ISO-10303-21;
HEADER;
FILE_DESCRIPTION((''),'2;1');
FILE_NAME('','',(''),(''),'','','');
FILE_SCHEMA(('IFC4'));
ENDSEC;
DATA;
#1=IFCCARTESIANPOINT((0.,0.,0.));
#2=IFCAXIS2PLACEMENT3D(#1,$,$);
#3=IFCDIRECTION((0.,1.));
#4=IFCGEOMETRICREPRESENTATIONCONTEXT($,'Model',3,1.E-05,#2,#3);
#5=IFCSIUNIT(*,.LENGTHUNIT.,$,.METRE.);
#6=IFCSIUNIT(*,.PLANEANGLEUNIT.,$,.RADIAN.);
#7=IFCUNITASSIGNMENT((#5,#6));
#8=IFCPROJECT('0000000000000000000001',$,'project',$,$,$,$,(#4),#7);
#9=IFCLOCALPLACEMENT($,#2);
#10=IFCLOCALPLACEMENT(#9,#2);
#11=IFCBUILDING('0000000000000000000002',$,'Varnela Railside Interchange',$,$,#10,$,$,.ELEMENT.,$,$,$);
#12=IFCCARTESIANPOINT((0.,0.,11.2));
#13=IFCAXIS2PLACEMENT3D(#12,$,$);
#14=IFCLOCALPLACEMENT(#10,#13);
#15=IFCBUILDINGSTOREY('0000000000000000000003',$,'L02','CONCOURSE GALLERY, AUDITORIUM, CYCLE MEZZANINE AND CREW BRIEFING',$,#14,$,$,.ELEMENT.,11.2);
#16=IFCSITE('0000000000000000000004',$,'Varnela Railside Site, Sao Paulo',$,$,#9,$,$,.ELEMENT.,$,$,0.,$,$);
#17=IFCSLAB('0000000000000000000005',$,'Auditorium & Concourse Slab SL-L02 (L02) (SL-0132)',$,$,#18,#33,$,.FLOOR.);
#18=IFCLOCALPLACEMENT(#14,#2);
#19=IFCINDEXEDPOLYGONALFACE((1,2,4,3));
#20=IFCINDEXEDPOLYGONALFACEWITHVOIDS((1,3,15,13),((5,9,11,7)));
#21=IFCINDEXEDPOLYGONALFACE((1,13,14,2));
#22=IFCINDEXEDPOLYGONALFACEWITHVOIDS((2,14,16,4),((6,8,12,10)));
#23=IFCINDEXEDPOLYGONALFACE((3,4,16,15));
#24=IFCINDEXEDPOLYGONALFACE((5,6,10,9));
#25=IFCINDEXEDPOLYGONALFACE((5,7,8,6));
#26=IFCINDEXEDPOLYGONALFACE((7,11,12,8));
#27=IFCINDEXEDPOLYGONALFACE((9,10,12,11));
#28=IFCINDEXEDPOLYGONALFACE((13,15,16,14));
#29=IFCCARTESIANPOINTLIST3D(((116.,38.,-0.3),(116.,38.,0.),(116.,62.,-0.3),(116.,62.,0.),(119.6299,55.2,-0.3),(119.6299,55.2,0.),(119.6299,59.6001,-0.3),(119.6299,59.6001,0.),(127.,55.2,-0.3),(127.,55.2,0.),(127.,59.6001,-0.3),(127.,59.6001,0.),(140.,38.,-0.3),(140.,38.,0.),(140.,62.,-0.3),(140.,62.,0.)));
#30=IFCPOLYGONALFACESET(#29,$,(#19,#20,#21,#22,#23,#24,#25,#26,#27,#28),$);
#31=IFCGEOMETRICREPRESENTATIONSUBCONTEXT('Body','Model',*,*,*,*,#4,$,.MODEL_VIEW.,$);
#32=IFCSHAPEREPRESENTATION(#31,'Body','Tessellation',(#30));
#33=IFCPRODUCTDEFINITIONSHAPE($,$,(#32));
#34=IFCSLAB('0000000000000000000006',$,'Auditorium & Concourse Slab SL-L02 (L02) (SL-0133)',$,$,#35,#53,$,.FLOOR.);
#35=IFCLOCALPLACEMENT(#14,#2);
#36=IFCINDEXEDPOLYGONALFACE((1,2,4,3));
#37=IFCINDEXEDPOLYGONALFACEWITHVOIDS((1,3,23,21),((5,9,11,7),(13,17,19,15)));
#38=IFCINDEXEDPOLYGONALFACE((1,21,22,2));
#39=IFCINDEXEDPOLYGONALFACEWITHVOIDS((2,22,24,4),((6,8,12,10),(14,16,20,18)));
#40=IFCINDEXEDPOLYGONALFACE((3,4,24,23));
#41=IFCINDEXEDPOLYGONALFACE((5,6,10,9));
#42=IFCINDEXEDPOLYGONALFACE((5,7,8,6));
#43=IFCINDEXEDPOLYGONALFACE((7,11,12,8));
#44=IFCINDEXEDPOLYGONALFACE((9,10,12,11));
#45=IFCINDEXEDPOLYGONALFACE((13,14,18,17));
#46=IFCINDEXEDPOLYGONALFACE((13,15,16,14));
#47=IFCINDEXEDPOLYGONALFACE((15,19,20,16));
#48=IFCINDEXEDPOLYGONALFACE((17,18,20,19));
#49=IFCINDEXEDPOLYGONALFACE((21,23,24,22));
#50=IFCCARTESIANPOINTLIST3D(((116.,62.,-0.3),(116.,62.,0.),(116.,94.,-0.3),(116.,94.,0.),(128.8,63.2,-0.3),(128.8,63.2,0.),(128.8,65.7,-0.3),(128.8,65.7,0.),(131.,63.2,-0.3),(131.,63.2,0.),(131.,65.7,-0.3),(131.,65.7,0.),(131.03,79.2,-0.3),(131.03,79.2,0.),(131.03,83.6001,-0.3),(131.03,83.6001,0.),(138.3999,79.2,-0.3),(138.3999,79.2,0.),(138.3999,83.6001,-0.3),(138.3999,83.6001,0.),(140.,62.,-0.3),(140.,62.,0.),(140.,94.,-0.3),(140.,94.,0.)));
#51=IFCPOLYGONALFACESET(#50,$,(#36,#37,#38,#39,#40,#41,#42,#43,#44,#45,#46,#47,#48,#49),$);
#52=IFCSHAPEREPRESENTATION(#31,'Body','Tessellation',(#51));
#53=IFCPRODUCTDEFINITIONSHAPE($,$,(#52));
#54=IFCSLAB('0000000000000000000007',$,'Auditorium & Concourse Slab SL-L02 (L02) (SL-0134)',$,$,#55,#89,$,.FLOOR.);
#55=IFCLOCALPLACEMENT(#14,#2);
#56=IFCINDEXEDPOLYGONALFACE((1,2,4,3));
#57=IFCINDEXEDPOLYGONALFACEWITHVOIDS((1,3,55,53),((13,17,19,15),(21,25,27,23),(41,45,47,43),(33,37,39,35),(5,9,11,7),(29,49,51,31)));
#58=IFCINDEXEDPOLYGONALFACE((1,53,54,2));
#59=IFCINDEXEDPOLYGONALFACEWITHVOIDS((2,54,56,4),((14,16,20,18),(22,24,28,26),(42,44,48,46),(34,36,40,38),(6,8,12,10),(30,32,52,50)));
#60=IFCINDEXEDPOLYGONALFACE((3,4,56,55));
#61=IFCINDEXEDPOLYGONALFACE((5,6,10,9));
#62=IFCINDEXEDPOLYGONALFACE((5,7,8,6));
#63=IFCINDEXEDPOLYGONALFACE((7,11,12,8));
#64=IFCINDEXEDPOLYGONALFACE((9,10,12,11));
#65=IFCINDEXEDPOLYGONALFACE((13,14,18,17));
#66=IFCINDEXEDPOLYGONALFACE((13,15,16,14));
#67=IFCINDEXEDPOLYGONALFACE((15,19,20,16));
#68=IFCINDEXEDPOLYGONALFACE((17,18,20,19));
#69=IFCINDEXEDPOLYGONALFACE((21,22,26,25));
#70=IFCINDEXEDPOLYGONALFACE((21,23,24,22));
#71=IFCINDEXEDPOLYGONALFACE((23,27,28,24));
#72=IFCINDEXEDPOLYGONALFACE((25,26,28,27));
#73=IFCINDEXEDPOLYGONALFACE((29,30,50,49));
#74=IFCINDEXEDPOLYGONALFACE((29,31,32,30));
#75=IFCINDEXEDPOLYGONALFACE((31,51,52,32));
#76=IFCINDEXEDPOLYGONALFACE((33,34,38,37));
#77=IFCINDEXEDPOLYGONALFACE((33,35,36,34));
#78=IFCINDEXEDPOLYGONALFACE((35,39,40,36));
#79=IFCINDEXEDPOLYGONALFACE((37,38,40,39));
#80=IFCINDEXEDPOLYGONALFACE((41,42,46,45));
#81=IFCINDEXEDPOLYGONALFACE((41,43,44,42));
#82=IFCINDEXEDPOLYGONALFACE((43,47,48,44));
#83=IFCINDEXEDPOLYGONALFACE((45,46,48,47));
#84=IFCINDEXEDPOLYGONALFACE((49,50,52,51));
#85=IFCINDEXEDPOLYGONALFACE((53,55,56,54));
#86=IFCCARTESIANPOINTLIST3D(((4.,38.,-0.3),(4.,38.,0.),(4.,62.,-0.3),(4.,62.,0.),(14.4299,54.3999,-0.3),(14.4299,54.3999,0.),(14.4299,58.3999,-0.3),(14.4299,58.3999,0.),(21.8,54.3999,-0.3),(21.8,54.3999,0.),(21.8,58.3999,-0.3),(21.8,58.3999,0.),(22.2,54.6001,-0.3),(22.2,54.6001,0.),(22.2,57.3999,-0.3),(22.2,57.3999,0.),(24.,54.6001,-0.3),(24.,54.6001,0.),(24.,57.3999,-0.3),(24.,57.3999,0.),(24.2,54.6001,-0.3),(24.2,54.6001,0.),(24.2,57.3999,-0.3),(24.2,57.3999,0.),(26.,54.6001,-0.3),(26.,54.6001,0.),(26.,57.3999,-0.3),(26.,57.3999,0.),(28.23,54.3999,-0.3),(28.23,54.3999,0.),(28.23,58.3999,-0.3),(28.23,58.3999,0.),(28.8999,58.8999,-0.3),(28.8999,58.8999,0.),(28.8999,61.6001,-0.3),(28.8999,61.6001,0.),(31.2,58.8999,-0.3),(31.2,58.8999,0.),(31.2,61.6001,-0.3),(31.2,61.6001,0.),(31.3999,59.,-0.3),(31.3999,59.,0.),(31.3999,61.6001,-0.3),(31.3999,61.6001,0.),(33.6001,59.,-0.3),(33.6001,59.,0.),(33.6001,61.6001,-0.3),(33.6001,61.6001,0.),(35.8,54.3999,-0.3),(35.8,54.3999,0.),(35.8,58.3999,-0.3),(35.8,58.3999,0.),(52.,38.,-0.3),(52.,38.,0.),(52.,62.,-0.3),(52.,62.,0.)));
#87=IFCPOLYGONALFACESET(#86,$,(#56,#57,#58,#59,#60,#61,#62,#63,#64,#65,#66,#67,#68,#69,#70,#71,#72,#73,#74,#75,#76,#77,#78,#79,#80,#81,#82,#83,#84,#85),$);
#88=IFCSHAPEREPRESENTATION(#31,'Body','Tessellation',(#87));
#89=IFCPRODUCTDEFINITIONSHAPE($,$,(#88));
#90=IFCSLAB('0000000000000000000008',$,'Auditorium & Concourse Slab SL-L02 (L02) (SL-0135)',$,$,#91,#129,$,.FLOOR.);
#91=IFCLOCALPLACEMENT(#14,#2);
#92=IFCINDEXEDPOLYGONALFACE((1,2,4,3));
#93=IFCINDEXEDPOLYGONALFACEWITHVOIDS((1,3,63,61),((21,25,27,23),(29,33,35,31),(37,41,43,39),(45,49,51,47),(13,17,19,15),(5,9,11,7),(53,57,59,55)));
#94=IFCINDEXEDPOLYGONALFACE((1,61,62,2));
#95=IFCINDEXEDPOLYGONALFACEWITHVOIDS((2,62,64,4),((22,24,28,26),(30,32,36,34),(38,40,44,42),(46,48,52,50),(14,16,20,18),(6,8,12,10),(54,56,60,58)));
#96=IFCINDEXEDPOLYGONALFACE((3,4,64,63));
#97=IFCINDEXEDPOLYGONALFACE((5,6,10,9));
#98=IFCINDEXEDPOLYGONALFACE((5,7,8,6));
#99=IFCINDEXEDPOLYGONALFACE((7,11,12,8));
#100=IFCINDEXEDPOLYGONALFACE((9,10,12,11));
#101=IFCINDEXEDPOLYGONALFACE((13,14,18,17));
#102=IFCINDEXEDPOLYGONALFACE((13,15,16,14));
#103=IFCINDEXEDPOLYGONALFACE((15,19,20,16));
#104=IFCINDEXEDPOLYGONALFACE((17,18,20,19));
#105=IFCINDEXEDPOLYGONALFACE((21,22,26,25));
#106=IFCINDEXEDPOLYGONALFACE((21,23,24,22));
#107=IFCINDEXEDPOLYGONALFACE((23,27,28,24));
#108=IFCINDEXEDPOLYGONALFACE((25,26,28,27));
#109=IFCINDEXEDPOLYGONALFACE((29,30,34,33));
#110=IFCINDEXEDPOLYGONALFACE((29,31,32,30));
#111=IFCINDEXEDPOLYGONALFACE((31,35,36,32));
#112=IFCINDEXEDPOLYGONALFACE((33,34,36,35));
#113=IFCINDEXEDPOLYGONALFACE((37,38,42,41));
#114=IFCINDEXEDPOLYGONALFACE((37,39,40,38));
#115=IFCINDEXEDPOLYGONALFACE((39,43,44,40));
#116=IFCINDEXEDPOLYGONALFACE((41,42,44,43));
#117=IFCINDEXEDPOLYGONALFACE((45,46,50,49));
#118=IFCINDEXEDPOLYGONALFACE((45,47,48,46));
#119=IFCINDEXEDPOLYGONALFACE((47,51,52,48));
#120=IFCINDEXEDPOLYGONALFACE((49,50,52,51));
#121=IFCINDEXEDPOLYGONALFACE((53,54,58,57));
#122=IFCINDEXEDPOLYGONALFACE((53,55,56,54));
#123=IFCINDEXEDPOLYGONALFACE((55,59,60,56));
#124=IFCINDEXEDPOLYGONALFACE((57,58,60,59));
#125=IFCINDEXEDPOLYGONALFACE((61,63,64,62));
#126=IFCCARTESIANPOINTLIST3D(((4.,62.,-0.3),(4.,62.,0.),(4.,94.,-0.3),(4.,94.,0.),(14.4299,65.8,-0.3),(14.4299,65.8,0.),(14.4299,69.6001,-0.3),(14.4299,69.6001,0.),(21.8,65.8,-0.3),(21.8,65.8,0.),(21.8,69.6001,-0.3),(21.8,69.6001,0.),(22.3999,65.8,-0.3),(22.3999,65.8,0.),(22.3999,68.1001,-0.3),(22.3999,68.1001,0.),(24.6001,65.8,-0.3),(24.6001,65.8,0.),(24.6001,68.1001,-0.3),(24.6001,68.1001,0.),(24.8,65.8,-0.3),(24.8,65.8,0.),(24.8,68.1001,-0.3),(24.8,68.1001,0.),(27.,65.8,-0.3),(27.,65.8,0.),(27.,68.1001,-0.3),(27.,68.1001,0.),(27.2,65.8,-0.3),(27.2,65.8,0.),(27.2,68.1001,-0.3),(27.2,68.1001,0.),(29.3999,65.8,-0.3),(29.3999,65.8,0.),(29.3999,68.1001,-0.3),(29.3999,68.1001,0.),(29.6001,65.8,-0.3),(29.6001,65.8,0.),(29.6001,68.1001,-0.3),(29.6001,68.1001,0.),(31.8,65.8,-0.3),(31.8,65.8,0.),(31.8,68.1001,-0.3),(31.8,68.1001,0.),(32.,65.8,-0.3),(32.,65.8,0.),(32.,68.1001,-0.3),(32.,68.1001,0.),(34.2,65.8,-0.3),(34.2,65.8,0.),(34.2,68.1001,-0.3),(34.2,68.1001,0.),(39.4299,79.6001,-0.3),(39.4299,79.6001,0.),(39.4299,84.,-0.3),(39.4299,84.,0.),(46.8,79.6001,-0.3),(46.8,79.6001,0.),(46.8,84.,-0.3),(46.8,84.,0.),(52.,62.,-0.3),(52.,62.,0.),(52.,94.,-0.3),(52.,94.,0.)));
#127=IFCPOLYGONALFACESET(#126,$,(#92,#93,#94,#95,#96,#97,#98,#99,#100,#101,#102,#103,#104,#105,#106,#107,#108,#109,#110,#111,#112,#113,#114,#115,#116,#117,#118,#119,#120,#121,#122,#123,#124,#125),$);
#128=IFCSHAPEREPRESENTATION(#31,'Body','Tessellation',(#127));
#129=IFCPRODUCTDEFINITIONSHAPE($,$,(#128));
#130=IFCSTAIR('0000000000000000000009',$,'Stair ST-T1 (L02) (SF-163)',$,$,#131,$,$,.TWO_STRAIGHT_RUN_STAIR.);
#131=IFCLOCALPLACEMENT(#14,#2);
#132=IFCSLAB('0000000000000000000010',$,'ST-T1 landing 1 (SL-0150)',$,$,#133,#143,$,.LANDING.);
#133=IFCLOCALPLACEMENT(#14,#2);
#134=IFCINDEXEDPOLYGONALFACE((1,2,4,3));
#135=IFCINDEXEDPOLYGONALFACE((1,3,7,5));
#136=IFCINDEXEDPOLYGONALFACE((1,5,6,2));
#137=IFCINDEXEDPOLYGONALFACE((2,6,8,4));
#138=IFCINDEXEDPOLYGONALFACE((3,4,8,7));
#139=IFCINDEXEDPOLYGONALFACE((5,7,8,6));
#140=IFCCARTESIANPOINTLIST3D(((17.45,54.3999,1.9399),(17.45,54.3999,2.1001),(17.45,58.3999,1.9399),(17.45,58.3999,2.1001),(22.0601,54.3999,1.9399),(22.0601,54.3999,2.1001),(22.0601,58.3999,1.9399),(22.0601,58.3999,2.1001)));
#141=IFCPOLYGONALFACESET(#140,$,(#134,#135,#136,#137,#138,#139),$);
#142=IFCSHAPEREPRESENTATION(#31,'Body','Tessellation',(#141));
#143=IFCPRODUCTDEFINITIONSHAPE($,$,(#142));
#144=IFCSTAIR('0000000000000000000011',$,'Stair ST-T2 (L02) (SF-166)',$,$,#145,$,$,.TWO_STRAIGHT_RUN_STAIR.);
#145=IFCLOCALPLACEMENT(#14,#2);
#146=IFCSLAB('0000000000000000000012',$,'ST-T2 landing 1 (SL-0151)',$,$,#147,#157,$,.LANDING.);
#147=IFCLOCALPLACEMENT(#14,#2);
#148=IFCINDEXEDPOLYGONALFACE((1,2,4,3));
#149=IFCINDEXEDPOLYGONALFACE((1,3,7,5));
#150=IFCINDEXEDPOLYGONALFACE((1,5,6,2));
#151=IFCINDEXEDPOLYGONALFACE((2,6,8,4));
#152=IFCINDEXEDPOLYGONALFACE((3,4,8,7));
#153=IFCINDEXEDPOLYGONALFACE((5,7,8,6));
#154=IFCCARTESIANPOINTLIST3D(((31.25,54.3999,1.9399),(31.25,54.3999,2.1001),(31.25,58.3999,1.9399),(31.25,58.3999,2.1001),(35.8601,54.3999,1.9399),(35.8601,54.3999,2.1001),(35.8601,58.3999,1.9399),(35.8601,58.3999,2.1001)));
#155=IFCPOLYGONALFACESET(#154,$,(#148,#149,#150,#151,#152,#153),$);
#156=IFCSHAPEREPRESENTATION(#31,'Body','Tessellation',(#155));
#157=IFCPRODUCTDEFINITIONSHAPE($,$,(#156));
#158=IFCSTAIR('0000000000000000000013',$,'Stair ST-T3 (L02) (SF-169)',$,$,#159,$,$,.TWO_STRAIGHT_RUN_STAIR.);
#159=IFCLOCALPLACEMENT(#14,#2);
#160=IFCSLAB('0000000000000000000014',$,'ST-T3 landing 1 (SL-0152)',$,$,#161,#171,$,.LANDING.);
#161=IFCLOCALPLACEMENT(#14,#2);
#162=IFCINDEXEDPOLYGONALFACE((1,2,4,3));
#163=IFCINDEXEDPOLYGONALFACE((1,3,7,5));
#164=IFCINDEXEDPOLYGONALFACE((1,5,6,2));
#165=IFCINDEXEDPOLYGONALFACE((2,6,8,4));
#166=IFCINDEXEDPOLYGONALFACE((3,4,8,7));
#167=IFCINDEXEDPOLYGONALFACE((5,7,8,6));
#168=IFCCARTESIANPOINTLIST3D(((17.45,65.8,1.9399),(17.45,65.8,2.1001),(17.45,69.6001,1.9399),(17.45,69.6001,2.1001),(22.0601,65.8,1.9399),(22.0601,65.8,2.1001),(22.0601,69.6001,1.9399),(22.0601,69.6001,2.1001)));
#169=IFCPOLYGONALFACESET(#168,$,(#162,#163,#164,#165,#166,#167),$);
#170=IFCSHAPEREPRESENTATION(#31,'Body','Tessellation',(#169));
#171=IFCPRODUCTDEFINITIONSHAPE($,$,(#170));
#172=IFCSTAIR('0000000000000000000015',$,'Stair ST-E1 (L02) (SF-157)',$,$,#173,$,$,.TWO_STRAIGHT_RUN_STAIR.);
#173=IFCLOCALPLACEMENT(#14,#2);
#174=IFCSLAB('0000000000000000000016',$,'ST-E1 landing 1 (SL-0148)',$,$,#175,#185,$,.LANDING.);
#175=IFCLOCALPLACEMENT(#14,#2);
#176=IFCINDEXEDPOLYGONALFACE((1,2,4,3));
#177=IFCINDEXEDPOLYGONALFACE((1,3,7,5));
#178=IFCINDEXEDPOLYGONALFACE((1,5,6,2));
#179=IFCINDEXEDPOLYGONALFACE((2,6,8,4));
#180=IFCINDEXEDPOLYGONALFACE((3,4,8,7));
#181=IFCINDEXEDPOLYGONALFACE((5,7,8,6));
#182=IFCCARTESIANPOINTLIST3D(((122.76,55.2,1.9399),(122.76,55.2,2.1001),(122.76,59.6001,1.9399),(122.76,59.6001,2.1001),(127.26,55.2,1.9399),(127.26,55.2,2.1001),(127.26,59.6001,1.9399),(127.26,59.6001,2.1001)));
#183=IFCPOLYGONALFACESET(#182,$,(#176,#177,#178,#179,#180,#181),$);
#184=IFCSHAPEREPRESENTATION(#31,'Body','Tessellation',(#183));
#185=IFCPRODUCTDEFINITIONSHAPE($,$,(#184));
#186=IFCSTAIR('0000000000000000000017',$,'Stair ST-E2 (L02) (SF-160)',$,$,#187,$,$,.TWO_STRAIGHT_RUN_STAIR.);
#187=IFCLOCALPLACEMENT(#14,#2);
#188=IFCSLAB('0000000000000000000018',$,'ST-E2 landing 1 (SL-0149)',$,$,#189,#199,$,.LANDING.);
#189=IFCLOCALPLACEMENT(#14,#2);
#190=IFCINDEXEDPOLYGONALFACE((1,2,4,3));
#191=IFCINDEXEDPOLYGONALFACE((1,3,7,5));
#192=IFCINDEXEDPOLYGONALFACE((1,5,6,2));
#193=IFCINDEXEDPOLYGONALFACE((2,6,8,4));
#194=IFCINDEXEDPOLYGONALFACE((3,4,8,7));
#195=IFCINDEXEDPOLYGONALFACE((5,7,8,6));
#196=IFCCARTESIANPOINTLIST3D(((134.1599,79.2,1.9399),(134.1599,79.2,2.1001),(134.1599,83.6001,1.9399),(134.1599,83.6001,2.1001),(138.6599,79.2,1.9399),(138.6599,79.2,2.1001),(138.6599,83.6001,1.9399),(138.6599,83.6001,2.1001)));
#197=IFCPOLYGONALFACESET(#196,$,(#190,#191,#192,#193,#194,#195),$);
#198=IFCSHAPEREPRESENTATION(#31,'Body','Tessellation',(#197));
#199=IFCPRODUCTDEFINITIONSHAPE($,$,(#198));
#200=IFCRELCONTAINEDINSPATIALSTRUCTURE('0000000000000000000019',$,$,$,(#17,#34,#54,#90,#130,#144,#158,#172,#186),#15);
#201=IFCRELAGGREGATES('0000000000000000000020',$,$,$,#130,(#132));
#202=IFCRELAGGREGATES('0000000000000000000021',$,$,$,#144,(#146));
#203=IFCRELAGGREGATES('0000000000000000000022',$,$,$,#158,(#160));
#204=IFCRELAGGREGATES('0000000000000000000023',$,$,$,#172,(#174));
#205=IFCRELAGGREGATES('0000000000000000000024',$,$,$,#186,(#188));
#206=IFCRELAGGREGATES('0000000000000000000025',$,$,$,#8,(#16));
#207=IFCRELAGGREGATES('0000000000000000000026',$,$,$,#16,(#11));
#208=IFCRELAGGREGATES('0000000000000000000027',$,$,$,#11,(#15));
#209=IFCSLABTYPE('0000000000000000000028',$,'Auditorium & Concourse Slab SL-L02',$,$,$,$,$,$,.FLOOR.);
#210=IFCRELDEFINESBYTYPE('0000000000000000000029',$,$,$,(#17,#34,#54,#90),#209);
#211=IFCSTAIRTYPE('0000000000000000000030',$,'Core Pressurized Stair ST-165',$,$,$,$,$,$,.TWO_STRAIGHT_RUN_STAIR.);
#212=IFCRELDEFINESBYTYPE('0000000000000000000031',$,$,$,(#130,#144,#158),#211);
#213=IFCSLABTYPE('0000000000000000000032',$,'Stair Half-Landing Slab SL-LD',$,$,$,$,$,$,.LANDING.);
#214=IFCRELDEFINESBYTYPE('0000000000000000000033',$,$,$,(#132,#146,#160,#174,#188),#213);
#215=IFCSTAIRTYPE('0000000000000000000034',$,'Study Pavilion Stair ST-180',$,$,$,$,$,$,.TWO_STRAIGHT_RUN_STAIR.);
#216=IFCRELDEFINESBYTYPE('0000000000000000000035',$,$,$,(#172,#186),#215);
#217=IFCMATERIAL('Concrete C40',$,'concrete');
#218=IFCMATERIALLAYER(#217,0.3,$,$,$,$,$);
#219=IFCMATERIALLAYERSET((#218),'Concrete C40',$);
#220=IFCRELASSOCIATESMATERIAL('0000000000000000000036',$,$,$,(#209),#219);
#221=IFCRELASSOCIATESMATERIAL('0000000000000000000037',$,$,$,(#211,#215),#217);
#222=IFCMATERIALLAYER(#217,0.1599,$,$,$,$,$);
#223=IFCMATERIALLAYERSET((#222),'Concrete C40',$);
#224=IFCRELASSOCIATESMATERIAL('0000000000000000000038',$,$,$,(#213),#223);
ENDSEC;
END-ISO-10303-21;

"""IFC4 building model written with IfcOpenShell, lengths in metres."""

from ifc_helpers import new_model, si_unit, direction, frame, origin, place, context, subcontext, project, spatial, polyline, outline, extrude, material, layer, layer_set, type_object, element, aggregate, save


model = new_model("IFC4")

# Units and contexts
model_context = context("Model", 3, precision=1e-05, world=origin(), true_north=direction((0.0, 1.0)))
body_context = subcontext(model_context, "Body", "Model", "MODEL_VIEW")
ifc_project = project(units=[si_unit("LENGTHUNIT", "METRE"), si_unit("PLANEANGLEUNIT", "RADIAN")], contexts=[model_context])

# Site, building, storey
site_placement = place(None, origin())
site = spatial("IfcSite", under=ifc_project, at=site_placement, Name="Varnela Railside Site, Sao Paulo", CompositionType="ELEMENT", RefElevation=0.0)
building_placement = place(site_placement, origin())
building = spatial("IfcBuilding", under=site, at=building_placement, Name="Varnela Railside Interchange", CompositionType="ELEMENT")
storey_placement = place(building_placement, frame((0.0, 0.0, 11.2)))
storey = spatial("IfcBuildingStorey", under=building, at=storey_placement, Name="L02", Description="CONCOURSE GALLERY, AUDITORIUM, CYCLE MEZZANINE AND CREW BRIEFING", CompositionType="ELEMENT", Elevation=11.2)

# Slabs
ifc_material_1 = material(Name="Concrete C40", Category="concrete")
ifc_layer_1 = layer(ifc_material_1, 0.3)
ifc_layer_set_1 = layer_set([ifc_layer_1], Name="Concrete C40")
slab_type_1 = type_object("IfcSlabType", Name="Auditorium & Concourse Slab SL-L02", PredefinedType="FLOOR", material=ifc_layer_set_1)
slab_1_placement = place(storey_placement, frame((0.0, 0.0, -0.3)))
element("IfcSlab", 1, at=slab_1_placement, inside=storey, type_object=slab_type_1, Name="Auditorium & Concourse Slab SL-L02 (L02) (SL-0132)", PredefinedType="FLOOR", context=body_context, shape_type="SweptSolid", body=[
    extrude(outline(polyline([(116.0, 38.0), (140.0, 38.0), (140.0, 62.0), (116.0, 62.0), (116.0, 38.0)]), holes=[polyline([(119.6299, 55.2), (127.0, 55.2), (127.0, 59.6001), (119.6299, 59.6001), (119.6299, 55.2)])]), origin(), (0.0, 0.0, 1.0), 0.3),
])
slab_2_placement = place(storey_placement, frame((0.0, 0.0, -0.3)))
element("IfcSlab", 2, at=slab_2_placement, inside=storey, type_object=slab_type_1, Name="Auditorium & Concourse Slab SL-L02 (L02) (SL-0133)", PredefinedType="FLOOR", context=body_context, shape_type="SweptSolid", body=[
    extrude(outline(polyline([(116.0, 62.0), (140.0, 62.0), (140.0, 94.0), (116.0, 94.0), (116.0, 62.0)]), holes=[polyline([(131.03, 79.2), (138.3999, 79.2), (138.3999, 83.6001), (131.03, 83.6001), (131.03, 79.2)]), polyline([(128.8, 63.2), (131.0, 63.2), (131.0, 65.7), (128.8, 65.7), (128.8, 63.2)])]), origin(), (0.0, 0.0, 1.0), 0.3),
])
slab_3_placement = place(storey_placement, frame((0.0, 0.0, -0.3)))
element("IfcSlab", 3, at=slab_3_placement, inside=storey, type_object=slab_type_1, Name="Auditorium & Concourse Slab SL-L02 (L02) (SL-0134)", PredefinedType="FLOOR", context=body_context, shape_type="SweptSolid", body=[
    extrude(outline(polyline([(4.0, 38.0), (52.0, 38.0), (52.0, 62.0), (4.0, 62.0), (4.0, 38.0)]), holes=[polyline([(14.4299, 54.3999), (21.8, 54.3999), (21.8, 58.3999), (14.4299, 58.3999), (14.4299, 54.3999)]), polyline([(28.23, 54.3999), (35.8, 54.3999), (35.8, 58.3999), (28.23, 58.3999), (28.23, 54.3999)]), polyline([(22.2, 54.6001), (24.0, 54.6001), (24.0, 57.3999), (22.2, 57.3999), (22.2, 54.6001)]), polyline([(24.2, 54.6001), (26.0, 54.6001), (26.0, 57.3999), (24.2, 57.3999), (24.2, 54.6001)]), polyline([(31.3999, 59.0), (33.6001, 59.0), (33.6001, 61.6001), (31.3999, 61.6001), (31.3999, 59.0)]), polyline([(28.8999, 58.8999), (31.2, 58.8999), (31.2, 61.6001), (28.8999, 61.6001), (28.8999, 58.8999)])]), origin(), (0.0, 0.0, 1.0), 0.3),
])
slab_4_placement = place(storey_placement, frame((0.0, 0.0, -0.3)))
element("IfcSlab", 4, at=slab_4_placement, inside=storey, type_object=slab_type_1, Name="Auditorium & Concourse Slab SL-L02 (L02) (SL-0135)", PredefinedType="FLOOR", context=body_context, shape_type="SweptSolid", body=[
    extrude(outline(polyline([(4.0, 62.0), (52.0, 62.0), (52.0, 94.0), (4.0, 94.0), (4.0, 62.0)]), holes=[polyline([(14.4299, 65.8), (21.8, 65.8), (21.8, 69.6001), (14.4299, 69.6001), (14.4299, 65.8)]), polyline([(39.4299, 79.6001), (46.8, 79.6001), (46.8, 84.0), (39.4299, 84.0), (39.4299, 79.6001)]), polyline([(22.3999, 65.8), (24.6001, 65.8), (24.6001, 68.1001), (22.3999, 68.1001), (22.3999, 65.8)]), polyline([(24.8, 65.8), (27.0, 65.8), (27.0, 68.1001), (24.8, 68.1001), (24.8, 65.8)]), polyline([(27.2, 65.8), (29.3999, 65.8), (29.3999, 68.1001), (27.2, 68.1001), (27.2, 65.8)]), polyline([(29.6001, 65.8), (31.8, 65.8), (31.8, 68.1001), (29.6001, 68.1001), (29.6001, 65.8)]), polyline([(32.0, 65.8), (34.2, 65.8), (34.2, 68.1001), (32.0, 68.1001), (32.0, 65.8)])]), origin(), (0.0, 0.0, 1.0), 0.3),
])

# Stairs, slabs
stair_type_1 = type_object("IfcStairType", Name="Core Pressurized Stair ST-165", PredefinedType="TWO_STRAIGHT_RUN_STAIR", material=ifc_material_1)
stair_1_placement = place(storey_placement, origin())
stair_1 = element("IfcStair", 5, at=stair_1_placement, inside=storey, type_object=stair_type_1, Name="Stair ST-T1 (L02) (SF-163)", PredefinedType="TWO_STRAIGHT_RUN_STAIR")
ifc_layer_2 = layer(ifc_material_1, 0.1599)
ifc_layer_set_2 = layer_set([ifc_layer_2], Name="Concrete C40")
slab_type_2 = type_object("IfcSlabType", Name="Stair Half-Landing Slab SL-LD", PredefinedType="LANDING", material=ifc_layer_set_2)
slab_5_placement = place(storey_placement, frame((0.0, 0.0, 1.9399)))
slab_5 = element("IfcSlab", 6, at=slab_5_placement, type_object=slab_type_2, Name="ST-T1 landing 1 (SL-0150)", PredefinedType="LANDING", context=body_context, shape_type="SweptSolid", body=[
    extrude(outline(polyline([(17.45, 54.3999), (22.0601, 54.3999), (22.0601, 58.3999), (17.45, 58.3999), (17.45, 54.3999)])), origin(), (0.0, 0.0, 1.0), 0.1602),
])
aggregate(stair_1, [slab_5])
stair_2_placement = place(storey_placement, origin())
stair_2 = element("IfcStair", 7, at=stair_2_placement, inside=storey, type_object=stair_type_1, Name="Stair ST-T2 (L02) (SF-166)", PredefinedType="TWO_STRAIGHT_RUN_STAIR")
slab_6_placement = place(storey_placement, frame((0.0, 0.0, 1.9399)))
slab_6 = element("IfcSlab", 8, at=slab_6_placement, type_object=slab_type_2, Name="ST-T2 landing 1 (SL-0151)", PredefinedType="LANDING", context=body_context, shape_type="SweptSolid", body=[
    extrude(outline(polyline([(31.25, 54.3999), (35.8601, 54.3999), (35.8601, 58.3999), (31.25, 58.3999), (31.25, 54.3999)])), origin(), (0.0, 0.0, 1.0), 0.1602),
])
aggregate(stair_2, [slab_6])
stair_3_placement = place(storey_placement, origin())
stair_3 = element("IfcStair", 9, at=stair_3_placement, inside=storey, type_object=stair_type_1, Name="Stair ST-T3 (L02) (SF-169)", PredefinedType="TWO_STRAIGHT_RUN_STAIR")
slab_7_placement = place(storey_placement, frame((0.0, 0.0, 1.9399)))
slab_7 = element("IfcSlab", 10, at=slab_7_placement, type_object=slab_type_2, Name="ST-T3 landing 1 (SL-0152)", PredefinedType="LANDING", context=body_context, shape_type="SweptSolid", body=[
    extrude(outline(polyline([(17.45, 65.8), (22.0601, 65.8), (22.0601, 69.6001), (17.45, 69.6001), (17.45, 65.8)])), origin(), (0.0, 0.0, 1.0), 0.1602),
])
aggregate(stair_3, [slab_7])
stair_type_2 = type_object("IfcStairType", Name="Study Pavilion Stair ST-180", PredefinedType="TWO_STRAIGHT_RUN_STAIR", material=ifc_material_1)
stair_4_placement = place(storey_placement, origin())
stair_4 = element("IfcStair", 11, at=stair_4_placement, inside=storey, type_object=stair_type_2, Name="Stair ST-E1 (L02) (SF-157)", PredefinedType="TWO_STRAIGHT_RUN_STAIR")
slab_8_placement = place(storey_placement, frame((0.0, 0.0, 1.9399)))
slab_8 = element("IfcSlab", 12, at=slab_8_placement, type_object=slab_type_2, Name="ST-E1 landing 1 (SL-0148)", PredefinedType="LANDING", context=body_context, shape_type="SweptSolid", body=[
    extrude(outline(polyline([(122.76, 55.2), (127.26, 55.2), (127.26, 59.6001), (122.76, 59.6001), (122.76, 55.2)])), origin(), (0.0, 0.0, 1.0), 0.1602),
])
aggregate(stair_4, [slab_8])
stair_5_placement = place(storey_placement, origin())
stair_5 = element("IfcStair", 13, at=stair_5_placement, inside=storey, type_object=stair_type_2, Name="Stair ST-E2 (L02) (SF-160)", PredefinedType="TWO_STRAIGHT_RUN_STAIR")
slab_9_placement = place(storey_placement, frame((0.0, 0.0, 1.9399)))
slab_9 = element("IfcSlab", 14, at=slab_9_placement, type_object=slab_type_2, Name="ST-E2 landing 1 (SL-0149)", PredefinedType="LANDING", context=body_context, shape_type="SweptSolid", body=[
    extrude(outline(polyline([(134.1599, 79.2), (138.6599, 79.2), (138.6599, 83.6001), (134.1599, 83.6001), (134.1599, 79.2)])), origin(), (0.0, 0.0, 1.0), 0.1602),
])
aggregate(stair_5, [slab_9])

save(model, "model.ifc")
